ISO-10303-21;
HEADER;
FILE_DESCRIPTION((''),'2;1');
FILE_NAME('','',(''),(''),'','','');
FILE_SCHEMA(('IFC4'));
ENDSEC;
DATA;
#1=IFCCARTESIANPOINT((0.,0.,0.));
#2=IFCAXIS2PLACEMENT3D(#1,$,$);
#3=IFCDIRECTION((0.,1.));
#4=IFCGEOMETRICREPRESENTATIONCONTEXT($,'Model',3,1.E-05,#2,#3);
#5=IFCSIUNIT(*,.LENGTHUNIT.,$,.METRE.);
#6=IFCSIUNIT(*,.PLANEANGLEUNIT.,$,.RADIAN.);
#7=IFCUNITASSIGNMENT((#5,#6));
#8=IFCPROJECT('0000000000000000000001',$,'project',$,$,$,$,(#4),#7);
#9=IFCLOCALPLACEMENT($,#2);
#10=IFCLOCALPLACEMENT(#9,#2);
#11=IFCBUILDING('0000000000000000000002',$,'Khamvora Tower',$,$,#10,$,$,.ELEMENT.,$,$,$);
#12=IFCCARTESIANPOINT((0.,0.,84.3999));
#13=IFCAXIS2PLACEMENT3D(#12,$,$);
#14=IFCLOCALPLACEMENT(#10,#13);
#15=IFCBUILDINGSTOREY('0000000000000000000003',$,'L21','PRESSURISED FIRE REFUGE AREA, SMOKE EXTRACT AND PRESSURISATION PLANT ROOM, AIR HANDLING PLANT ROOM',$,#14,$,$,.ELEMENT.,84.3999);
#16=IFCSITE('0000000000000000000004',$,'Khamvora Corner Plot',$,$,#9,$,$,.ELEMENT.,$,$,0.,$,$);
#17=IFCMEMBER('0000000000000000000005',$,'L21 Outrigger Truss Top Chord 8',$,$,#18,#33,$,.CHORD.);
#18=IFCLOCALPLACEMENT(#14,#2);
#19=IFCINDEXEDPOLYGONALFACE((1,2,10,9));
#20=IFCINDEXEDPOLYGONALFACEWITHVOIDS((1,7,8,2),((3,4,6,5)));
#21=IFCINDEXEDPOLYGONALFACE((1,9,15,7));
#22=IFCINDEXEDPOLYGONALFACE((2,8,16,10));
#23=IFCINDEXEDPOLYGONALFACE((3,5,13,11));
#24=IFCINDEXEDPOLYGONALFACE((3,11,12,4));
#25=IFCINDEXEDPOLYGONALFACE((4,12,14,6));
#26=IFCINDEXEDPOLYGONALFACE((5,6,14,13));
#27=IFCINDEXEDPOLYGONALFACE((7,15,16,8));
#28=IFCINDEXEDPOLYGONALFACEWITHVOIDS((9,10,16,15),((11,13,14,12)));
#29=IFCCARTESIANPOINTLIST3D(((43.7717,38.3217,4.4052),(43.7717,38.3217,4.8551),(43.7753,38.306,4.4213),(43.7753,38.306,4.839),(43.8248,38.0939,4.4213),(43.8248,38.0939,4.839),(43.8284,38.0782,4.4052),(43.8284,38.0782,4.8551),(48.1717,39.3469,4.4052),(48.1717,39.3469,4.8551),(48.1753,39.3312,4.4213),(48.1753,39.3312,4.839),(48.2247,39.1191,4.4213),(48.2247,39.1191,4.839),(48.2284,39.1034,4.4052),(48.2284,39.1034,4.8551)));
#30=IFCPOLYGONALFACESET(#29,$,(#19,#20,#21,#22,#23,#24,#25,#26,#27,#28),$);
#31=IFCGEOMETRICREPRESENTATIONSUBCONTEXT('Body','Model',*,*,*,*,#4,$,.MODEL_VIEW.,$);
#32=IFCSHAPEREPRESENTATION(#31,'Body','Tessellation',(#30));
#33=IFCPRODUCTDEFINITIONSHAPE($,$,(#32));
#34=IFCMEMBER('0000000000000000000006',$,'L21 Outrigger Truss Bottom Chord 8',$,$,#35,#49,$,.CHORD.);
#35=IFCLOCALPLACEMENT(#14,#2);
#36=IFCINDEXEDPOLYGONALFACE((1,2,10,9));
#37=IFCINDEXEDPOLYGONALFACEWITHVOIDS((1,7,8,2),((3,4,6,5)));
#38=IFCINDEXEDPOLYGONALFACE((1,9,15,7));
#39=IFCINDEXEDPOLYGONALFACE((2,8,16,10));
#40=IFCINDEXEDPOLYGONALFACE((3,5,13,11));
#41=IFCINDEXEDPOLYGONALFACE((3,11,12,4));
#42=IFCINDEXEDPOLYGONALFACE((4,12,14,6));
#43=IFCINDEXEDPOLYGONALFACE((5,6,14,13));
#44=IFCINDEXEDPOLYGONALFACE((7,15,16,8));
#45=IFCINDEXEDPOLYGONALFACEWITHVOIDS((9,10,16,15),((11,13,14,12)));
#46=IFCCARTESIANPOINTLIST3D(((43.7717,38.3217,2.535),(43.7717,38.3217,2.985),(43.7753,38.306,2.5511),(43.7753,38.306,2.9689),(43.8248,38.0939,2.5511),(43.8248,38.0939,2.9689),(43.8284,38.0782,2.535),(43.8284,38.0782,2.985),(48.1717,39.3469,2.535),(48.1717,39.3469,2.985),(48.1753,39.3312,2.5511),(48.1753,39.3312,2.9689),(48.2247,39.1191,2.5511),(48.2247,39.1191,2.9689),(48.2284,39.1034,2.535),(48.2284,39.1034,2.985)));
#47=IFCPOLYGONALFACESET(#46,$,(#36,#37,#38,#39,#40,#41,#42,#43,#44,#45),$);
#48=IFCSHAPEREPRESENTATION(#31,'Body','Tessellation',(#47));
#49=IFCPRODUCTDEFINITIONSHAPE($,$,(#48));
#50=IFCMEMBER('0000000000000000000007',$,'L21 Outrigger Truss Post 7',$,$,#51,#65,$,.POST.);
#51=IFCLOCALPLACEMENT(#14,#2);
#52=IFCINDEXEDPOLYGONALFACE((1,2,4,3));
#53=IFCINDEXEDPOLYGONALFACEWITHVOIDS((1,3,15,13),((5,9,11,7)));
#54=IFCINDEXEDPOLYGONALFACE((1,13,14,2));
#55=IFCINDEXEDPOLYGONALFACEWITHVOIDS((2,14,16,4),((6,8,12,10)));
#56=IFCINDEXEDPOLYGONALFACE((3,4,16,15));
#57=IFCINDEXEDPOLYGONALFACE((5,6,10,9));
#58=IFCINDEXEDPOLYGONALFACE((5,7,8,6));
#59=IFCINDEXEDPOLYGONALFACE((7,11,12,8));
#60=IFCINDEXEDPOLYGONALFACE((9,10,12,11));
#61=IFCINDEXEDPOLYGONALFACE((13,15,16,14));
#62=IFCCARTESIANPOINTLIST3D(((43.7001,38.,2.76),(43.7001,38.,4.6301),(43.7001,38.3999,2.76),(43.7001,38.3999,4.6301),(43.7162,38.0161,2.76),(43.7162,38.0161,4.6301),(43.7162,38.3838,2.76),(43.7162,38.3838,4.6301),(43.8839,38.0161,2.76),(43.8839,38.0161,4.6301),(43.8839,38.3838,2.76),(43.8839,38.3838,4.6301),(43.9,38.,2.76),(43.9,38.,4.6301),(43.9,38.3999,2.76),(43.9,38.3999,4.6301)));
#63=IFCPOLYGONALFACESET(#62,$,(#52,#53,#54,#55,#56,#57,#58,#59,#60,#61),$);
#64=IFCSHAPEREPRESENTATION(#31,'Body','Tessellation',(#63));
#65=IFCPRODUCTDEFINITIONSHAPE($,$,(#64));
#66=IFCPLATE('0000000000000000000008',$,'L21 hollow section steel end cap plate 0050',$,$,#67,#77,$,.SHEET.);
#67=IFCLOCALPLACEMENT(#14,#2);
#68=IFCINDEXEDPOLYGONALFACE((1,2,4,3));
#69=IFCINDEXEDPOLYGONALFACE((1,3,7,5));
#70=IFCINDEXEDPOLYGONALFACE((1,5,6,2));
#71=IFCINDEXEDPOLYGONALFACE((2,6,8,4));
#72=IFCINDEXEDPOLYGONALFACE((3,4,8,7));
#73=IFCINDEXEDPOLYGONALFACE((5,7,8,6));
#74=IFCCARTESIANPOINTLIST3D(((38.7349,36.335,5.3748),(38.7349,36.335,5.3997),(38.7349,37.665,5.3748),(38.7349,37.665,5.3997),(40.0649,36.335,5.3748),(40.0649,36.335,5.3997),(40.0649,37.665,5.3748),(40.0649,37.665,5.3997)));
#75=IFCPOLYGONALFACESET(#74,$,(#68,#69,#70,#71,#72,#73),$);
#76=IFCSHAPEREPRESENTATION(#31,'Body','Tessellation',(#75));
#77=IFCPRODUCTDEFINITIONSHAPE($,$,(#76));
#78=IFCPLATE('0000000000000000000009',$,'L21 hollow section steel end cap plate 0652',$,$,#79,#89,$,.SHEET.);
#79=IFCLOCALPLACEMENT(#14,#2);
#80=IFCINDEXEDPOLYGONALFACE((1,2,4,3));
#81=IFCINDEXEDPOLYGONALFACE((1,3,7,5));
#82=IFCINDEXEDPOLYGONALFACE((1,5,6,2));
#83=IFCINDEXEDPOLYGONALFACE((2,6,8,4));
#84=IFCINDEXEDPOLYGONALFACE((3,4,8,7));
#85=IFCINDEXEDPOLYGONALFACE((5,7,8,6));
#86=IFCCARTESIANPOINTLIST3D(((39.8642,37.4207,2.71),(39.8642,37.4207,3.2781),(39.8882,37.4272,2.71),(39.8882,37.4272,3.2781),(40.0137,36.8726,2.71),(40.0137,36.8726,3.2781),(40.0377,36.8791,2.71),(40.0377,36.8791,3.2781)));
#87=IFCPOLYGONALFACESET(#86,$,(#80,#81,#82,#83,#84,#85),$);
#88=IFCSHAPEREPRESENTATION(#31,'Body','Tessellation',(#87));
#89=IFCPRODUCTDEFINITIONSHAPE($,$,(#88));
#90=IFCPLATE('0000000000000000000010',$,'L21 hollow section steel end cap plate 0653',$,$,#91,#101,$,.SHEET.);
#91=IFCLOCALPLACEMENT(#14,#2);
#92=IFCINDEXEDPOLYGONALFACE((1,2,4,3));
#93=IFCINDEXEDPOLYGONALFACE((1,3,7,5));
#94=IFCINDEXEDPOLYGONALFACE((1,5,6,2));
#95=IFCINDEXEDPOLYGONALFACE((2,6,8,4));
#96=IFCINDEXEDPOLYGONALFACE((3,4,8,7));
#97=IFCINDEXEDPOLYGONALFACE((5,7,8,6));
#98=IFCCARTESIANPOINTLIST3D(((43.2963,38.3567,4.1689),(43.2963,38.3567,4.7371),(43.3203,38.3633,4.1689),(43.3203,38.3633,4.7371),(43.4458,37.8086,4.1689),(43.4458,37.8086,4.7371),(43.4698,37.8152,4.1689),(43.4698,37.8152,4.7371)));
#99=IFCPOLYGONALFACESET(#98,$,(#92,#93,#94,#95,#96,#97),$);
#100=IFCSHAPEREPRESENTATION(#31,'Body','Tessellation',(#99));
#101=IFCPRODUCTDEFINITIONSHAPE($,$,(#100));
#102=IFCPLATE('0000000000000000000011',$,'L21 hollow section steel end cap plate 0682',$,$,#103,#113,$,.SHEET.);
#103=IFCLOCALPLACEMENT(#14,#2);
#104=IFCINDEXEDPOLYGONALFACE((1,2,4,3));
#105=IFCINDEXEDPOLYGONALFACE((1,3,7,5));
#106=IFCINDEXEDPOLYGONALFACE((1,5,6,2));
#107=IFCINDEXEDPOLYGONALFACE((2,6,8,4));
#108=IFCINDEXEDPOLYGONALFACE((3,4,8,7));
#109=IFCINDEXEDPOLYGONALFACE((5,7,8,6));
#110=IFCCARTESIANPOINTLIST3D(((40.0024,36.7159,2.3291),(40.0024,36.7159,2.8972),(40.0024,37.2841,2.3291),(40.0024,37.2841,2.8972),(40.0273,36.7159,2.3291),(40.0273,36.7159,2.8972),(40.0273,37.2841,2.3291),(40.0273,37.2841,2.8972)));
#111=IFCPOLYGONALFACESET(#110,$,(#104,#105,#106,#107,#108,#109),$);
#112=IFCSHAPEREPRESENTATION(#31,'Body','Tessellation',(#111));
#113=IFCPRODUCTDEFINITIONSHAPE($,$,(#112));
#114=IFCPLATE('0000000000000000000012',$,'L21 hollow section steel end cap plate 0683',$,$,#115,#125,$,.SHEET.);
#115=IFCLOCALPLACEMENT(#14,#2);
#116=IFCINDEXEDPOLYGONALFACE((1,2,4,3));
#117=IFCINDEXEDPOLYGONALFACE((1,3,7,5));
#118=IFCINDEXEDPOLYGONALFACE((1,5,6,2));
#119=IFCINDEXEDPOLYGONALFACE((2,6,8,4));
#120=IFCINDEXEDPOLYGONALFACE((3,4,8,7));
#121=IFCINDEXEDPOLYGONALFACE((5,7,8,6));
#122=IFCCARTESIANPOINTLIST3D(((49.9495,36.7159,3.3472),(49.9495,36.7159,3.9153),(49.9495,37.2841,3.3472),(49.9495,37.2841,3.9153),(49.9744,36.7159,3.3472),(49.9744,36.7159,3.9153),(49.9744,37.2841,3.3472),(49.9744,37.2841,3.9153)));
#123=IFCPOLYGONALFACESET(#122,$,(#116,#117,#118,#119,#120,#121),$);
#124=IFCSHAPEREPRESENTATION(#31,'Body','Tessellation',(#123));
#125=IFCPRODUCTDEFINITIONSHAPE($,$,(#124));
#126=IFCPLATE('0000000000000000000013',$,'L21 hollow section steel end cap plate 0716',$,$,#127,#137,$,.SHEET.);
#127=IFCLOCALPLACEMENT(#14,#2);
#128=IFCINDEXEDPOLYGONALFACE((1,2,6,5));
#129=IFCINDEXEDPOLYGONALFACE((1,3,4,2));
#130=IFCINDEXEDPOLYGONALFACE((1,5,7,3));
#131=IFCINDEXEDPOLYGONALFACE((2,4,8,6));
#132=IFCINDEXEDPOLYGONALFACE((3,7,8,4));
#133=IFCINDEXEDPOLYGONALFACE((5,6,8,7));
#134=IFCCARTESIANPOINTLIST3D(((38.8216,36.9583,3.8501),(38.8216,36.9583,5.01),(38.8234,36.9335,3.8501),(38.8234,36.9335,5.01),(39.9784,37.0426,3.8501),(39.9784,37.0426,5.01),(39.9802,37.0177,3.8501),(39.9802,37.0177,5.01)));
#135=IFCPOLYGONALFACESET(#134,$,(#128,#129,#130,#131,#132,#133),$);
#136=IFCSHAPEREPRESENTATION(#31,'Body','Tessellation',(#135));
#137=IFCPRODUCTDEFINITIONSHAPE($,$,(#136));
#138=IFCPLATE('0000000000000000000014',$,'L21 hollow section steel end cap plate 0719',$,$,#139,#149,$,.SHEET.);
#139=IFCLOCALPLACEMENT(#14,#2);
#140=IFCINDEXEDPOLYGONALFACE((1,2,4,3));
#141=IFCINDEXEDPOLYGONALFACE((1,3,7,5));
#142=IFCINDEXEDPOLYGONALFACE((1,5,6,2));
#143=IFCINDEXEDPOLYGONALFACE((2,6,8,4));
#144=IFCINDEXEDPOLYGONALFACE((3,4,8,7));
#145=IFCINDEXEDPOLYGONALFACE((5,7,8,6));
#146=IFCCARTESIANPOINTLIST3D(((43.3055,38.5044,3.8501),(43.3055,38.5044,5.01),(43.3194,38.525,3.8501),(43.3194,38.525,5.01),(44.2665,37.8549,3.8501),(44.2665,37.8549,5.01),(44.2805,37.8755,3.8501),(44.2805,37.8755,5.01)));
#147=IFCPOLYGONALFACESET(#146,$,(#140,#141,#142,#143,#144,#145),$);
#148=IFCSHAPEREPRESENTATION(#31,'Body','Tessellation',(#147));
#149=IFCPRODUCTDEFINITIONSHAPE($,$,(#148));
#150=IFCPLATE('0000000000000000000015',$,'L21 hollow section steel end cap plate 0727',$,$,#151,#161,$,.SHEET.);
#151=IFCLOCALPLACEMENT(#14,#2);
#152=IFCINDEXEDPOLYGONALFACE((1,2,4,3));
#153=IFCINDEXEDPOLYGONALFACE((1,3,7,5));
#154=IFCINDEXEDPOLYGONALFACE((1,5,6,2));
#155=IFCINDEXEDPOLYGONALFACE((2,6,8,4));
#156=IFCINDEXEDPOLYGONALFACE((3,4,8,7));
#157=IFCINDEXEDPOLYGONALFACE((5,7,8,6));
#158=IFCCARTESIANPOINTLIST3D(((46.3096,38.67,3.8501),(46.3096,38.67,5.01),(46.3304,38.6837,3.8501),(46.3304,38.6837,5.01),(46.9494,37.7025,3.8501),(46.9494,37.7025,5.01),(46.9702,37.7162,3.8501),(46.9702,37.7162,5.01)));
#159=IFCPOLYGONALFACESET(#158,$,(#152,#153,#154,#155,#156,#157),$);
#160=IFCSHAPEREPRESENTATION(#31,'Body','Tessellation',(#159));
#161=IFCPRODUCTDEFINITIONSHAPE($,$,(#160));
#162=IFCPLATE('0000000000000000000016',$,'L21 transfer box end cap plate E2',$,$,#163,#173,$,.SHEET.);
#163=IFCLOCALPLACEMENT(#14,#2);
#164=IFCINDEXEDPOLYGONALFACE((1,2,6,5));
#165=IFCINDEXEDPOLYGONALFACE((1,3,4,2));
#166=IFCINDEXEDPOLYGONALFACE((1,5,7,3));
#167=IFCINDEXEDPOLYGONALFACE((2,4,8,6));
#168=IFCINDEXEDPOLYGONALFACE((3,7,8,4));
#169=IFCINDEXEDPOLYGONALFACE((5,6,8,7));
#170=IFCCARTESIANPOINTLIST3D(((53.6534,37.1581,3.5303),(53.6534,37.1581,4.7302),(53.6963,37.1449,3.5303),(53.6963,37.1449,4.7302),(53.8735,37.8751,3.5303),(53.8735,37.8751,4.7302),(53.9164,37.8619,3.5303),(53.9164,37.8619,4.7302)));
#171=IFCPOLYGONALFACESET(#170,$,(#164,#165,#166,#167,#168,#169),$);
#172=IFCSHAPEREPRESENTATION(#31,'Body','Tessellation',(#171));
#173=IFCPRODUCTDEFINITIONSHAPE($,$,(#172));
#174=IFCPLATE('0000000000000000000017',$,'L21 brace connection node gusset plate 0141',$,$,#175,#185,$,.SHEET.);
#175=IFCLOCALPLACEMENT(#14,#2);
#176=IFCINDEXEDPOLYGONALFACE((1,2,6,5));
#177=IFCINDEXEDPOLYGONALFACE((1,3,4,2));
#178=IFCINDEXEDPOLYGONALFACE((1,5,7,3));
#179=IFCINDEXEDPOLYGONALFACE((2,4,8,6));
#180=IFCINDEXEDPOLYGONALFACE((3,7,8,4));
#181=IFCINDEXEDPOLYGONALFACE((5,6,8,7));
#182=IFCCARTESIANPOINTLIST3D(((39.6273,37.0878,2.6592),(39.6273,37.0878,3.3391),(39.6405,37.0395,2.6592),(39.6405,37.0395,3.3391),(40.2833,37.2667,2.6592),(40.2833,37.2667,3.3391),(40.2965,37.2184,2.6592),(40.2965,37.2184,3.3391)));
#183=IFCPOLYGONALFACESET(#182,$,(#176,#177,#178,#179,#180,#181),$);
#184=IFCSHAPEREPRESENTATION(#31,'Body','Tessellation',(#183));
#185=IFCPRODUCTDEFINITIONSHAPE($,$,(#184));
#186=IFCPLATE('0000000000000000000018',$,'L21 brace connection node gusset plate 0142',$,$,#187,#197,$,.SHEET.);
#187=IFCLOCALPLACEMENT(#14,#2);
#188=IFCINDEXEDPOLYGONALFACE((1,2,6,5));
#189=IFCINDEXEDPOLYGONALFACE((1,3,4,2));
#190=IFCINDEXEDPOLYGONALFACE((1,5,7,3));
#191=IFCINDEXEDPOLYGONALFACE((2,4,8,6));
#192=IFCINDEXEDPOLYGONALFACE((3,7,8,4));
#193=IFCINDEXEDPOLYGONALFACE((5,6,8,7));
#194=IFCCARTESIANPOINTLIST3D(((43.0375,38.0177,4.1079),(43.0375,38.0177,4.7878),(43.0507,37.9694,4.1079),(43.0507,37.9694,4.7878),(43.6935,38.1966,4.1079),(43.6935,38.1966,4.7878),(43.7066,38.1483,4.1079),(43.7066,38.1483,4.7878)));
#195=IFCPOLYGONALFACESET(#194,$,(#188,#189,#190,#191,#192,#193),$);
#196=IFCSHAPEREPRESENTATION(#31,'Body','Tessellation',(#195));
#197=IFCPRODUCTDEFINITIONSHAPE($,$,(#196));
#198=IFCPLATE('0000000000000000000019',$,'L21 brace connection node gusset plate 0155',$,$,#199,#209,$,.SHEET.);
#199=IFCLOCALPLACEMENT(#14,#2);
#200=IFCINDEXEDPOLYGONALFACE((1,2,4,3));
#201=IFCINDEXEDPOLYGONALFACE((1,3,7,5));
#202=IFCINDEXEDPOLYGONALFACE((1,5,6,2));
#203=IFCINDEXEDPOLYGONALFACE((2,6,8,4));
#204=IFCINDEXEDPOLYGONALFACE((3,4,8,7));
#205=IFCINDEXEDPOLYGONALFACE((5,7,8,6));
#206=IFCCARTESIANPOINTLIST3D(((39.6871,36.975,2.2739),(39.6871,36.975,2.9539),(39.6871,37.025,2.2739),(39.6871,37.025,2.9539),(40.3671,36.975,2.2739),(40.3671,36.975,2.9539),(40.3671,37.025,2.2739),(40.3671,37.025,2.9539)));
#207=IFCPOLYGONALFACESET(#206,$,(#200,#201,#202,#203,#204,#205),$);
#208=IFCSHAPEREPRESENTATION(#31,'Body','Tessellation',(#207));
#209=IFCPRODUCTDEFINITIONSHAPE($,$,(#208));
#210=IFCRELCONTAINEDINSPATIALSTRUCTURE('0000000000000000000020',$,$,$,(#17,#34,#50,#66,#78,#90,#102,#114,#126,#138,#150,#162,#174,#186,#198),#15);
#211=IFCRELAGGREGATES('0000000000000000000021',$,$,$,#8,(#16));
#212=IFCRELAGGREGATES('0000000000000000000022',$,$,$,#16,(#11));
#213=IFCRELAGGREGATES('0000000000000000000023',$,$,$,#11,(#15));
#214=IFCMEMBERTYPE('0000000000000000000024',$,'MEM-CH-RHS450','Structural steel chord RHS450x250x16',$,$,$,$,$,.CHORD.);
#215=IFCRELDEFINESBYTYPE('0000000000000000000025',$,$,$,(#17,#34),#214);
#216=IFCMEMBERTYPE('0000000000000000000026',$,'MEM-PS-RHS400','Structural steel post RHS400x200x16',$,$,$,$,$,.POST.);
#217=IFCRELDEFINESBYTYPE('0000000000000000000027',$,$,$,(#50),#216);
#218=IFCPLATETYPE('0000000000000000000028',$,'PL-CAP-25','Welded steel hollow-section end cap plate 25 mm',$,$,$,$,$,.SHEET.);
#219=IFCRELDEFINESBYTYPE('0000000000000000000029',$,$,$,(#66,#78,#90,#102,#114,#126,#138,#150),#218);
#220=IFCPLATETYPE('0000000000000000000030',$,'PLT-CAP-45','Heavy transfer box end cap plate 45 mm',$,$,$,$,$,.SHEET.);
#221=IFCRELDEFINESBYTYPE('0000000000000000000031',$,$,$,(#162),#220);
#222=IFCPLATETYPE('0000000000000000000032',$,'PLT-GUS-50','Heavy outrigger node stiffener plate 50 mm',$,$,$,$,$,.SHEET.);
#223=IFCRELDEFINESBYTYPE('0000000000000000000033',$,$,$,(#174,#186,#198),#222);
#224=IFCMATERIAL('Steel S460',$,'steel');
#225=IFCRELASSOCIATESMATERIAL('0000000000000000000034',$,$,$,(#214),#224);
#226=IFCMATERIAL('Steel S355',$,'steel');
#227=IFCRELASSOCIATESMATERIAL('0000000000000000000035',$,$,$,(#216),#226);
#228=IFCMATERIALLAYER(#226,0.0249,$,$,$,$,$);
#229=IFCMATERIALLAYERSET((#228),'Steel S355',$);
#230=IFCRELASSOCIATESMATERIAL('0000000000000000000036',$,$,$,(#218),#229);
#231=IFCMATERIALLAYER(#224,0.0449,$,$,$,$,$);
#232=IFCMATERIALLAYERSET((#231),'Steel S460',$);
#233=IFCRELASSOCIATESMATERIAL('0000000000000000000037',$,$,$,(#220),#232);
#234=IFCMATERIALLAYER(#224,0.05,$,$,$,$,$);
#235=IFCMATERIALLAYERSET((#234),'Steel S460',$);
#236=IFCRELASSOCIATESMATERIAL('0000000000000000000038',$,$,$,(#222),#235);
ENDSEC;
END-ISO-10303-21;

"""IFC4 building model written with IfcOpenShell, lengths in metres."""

from ifc_helpers import new_model, si_unit, direction, frame, origin, origin_2d, place, context, subcontext, project, spatial, rectangle, hollow_rectangle, extrude, material, layer, layer_set, material_profile, profile_set, type_object, element, save


model = new_model("IFC4")

# Units and contexts
model_context = context("Model", 3, precision=1e-05, world=origin(), true_north=direction((0.0, 1.0)))
body_context = subcontext(model_context, "Body", "Model", "MODEL_VIEW")
ifc_project = project(units=[si_unit("LENGTHUNIT", "METRE"), si_unit("PLANEANGLEUNIT", "RADIAN")], contexts=[model_context])

# Site, building, storey
site_placement = place(None, origin())
site = spatial("IfcSite", under=ifc_project, at=site_placement, Name="Khamvora Corner Plot", CompositionType="ELEMENT", RefElevation=0.0)
building_placement = place(site_placement, origin())
building = spatial("IfcBuilding", under=site, at=building_placement, Name="Khamvora Tower", CompositionType="ELEMENT")
storey_placement = place(building_placement, frame((0.0, 0.0, 84.3999)))
storey = spatial("IfcBuildingStorey", under=building, at=storey_placement, Name="L21", Description="PRESSURISED FIRE REFUGE AREA, SMOKE EXTRACT AND PRESSURISATION PLANT ROOM, AIR HANDLING PLANT ROOM", CompositionType="ELEMENT", Elevation=84.3999)

# Shared definitions
ifc_material_1 = material(Name="Steel S355", Category="steel")

# Shared definitions
ifc_material_2 = material(Name="Steel S460", Category="steel")

# Members
ifc_material_profile_1 = material_profile(ifc_material_2, hollow_rectangle(XDim=0.25, YDim=0.45, WallThickness=0.0161, at=origin_2d()), Name="RHS450x250x16")
ifc_profile_set_1 = profile_set([ifc_material_profile_1], Name="Steel S460")
member_type_1 = type_object("IfcMemberType", Name="MEM-CH-RHS450", Description="Structural steel chord RHS450x250x16", PredefinedType="CHORD", material=ifc_profile_set_1)
for number, where, z_axis, x_axis, name in (
    (1, (43.8, 38.2, 4.6301), (0.973915, 0.226915, 0.0), (-0.226915, 0.973915, 0.0), "L21 Outrigger Truss Top Chord 8"),
    (2, (43.8, 38.2, 2.76), (0.973915, 0.226915, 0.0), (-0.226915, 0.973915, 0.0), "L21 Outrigger Truss Bottom Chord 8"),
):
    element("IfcMember", number, at=place(storey_placement, frame(where, z_axis=z_axis, x_axis=x_axis)), inside=storey, type_object=member_type_1, Name=name, PredefinedType="CHORD", context=body_context, shape_type="SweptSolid", body=[
        extrude(hollow_rectangle(XDim=0.25, YDim=0.45, WallThickness=0.0161, at=origin_2d()), origin(), (0.0, 0.0, 1.0), 4.5178),
    ])
ifc_material_profile_2 = material_profile(ifc_material_1, hollow_rectangle(XDim=0.2, YDim=0.3999, WallThickness=0.0161, at=origin_2d()), Name="RHS400x200x16")
ifc_profile_set_2 = profile_set([ifc_material_profile_2], Name="Steel S355")
member_type_2 = type_object("IfcMemberType", Name="MEM-PS-RHS400", Description="Structural steel post RHS400x200x16", PredefinedType="POST", material=ifc_profile_set_2)
member_1_placement = place(storey_placement, frame((43.8, 38.2, 2.76), z_axis=(0.0, 0.0, 1.0), x_axis=(1.0, 0.0, 0.0)))
element("IfcMember", 3, at=member_1_placement, inside=storey, type_object=member_type_2, Name="L21 Outrigger Truss Post 7", PredefinedType="POST", context=body_context, shape_type="SweptSolid", body=[
    extrude(hollow_rectangle(XDim=0.2, YDim=0.3999, WallThickness=0.0161, at=origin_2d()), origin(), (0.0, 0.0, 1.0), 1.8701),
])

# Plates
ifc_layer_1 = layer(ifc_material_1, 0.0249)
ifc_layer_set_1 = layer_set([ifc_layer_1], Name="Steel S355")
plate_type_1 = type_object("IfcPlateType", Name="PL-CAP-25", Description="Welded steel hollow-section end cap plate 25 mm", PredefinedType="SHEET", material=ifc_layer_set_1)
plate_1_placement = place(storey_placement, frame((39.3999, 37.0, 5.3748), z_axis=(0.0, 0.0, 1.0), x_axis=(1.0, 0.0, 0.0)))
element("IfcPlate", 4, at=plate_1_placement, inside=storey, type_object=plate_type_1, Name="L21 hollow section steel end cap plate 0050", PredefinedType="SHEET", context=body_context, shape_type="SweptSolid", body=[
    extrude(rectangle(XDim=1.3301, YDim=1.3301, at=origin_2d()), origin(), (0.0, 0.0, 1.0), 0.0249),
])
for number, where, z_axis, x_axis, name in (
    (5, (39.9509, 37.1499, 2.71), (0.0, 0.0, 1.0), (0.964764, 0.263115, 0.0), "L21 hollow section steel end cap plate 0652"),
    (6, (43.3831, 38.0859, 4.1689), (0.0, 0.0, 1.0), (0.964764, 0.263115, 0.0), "L21 hollow section steel end cap plate 0653"),
    (7, (40.0149, 37.0, 2.3291), (0.0, 0.0, 1.0), (1.0, 0.0, 0.0), "L21 hollow section steel end cap plate 0682"),
    (8, (49.9619, 37.0, 3.3472), (0.0, 0.0, 1.0), (1.0, 0.0, 0.0), "L21 hollow section steel end cap plate 0683"),
):
    element("IfcPlate", number, at=place(storey_placement, frame(where, z_axis=z_axis, x_axis=x_axis)), inside=storey, type_object=plate_type_1, Name=name, PredefinedType="SHEET", context=body_context, shape_type="SweptSolid", body=[
        extrude(rectangle(XDim=0.0249, YDim=0.5681, at=origin_2d()), origin(), (0.0, 0.0, 1.0), 0.5681),
    ])
for number, where, z_axis, x_axis, name in (
    (9, (39.4009, 36.988, 3.8501), (0.0, 0.0, 1.0), (-0.072629, 0.997359, 0.0), "L21 hollow section steel end cap plate 0716"),
    (10, (43.793, 38.1899, 3.8501), (0.0, 0.0, 1.0), (0.559945, 0.82853, 0.0), "L21 hollow section steel end cap plate 0719"),
    (11, (46.6399, 38.1931, 3.8501), (0.0, 0.0, 1.0), (-0.834117, -0.551588, 0.0), "L21 hollow section steel end cap plate 0727"),
):
    element("IfcPlate", number, at=place(storey_placement, frame(where, z_axis=z_axis, x_axis=x_axis)), inside=storey, type_object=plate_type_1, Name=name, PredefinedType="SHEET", context=body_context, shape_type="SweptSolid", body=[
        extrude(rectangle(XDim=0.0249, YDim=1.1599, at=origin_2d()), origin(), (0.0, 0.0, 1.0), 1.1599),
    ])
ifc_layer_2 = layer(ifc_material_2, 0.0449)
ifc_layer_set_2 = layer_set([ifc_layer_2], Name="Steel S460")
plate_type_2 = type_object("IfcPlateType", Name="PLT-CAP-45", Description="Heavy transfer box end cap plate 45 mm", PredefinedType="SHEET", material=ifc_layer_set_2)
plate_2_placement = place(storey_placement, frame((53.7849, 37.51, 3.5303), z_axis=(0.0, 0.0, 1.0), x_axis=(0.95596, -0.293497, 0.0)))
element("IfcPlate", 12, at=plate_2_placement, inside=storey, type_object=plate_type_2, Name="L21 transfer box end cap plate E2", PredefinedType="SHEET", context=body_context, shape_type="SweptSolid", body=[
    extrude(rectangle(XDim=0.0449, YDim=0.75, at=origin_2d()), origin(), (0.0, 0.0, 1.0), 1.2),
])
ifc_layer_3 = layer(ifc_material_2, 0.05)
ifc_layer_set_3 = layer_set([ifc_layer_3], Name="Steel S460")
plate_type_3 = type_object("IfcPlateType", Name="PLT-GUS-50", Description="Heavy outrigger node stiffener plate 50 mm", PredefinedType="SHEET", material=ifc_layer_set_3)
for number, where, z_axis, x_axis, name in (
    (13, (39.9619, 37.1531, 2.6592), (0.0, 0.0, 1.0), (0.964764, 0.263115, 0.0), "L21 brace connection node gusset plate 0141"),
    (14, (43.3721, 38.083, 4.1079), (0.0, 0.0, 1.0), (0.964764, 0.263115, 0.0), "L21 brace connection node gusset plate 0142"),
    (15, (40.0271, 37.0, 2.2739), (0.0, 0.0, 1.0), (1.0, 0.0, 0.0), "L21 brace connection node gusset plate 0155"),
):
    element("IfcPlate", number, at=place(storey_placement, frame(where, z_axis=z_axis, x_axis=x_axis)), inside=storey, type_object=plate_type_3, Name=name, PredefinedType="SHEET", context=body_context, shape_type="SweptSolid", body=[
        extrude(rectangle(XDim=0.6799, YDim=0.05, at=origin_2d()), origin(), (0.0, 0.0, 1.0), 0.6799),
    ])

save(model, "model.ifc")
